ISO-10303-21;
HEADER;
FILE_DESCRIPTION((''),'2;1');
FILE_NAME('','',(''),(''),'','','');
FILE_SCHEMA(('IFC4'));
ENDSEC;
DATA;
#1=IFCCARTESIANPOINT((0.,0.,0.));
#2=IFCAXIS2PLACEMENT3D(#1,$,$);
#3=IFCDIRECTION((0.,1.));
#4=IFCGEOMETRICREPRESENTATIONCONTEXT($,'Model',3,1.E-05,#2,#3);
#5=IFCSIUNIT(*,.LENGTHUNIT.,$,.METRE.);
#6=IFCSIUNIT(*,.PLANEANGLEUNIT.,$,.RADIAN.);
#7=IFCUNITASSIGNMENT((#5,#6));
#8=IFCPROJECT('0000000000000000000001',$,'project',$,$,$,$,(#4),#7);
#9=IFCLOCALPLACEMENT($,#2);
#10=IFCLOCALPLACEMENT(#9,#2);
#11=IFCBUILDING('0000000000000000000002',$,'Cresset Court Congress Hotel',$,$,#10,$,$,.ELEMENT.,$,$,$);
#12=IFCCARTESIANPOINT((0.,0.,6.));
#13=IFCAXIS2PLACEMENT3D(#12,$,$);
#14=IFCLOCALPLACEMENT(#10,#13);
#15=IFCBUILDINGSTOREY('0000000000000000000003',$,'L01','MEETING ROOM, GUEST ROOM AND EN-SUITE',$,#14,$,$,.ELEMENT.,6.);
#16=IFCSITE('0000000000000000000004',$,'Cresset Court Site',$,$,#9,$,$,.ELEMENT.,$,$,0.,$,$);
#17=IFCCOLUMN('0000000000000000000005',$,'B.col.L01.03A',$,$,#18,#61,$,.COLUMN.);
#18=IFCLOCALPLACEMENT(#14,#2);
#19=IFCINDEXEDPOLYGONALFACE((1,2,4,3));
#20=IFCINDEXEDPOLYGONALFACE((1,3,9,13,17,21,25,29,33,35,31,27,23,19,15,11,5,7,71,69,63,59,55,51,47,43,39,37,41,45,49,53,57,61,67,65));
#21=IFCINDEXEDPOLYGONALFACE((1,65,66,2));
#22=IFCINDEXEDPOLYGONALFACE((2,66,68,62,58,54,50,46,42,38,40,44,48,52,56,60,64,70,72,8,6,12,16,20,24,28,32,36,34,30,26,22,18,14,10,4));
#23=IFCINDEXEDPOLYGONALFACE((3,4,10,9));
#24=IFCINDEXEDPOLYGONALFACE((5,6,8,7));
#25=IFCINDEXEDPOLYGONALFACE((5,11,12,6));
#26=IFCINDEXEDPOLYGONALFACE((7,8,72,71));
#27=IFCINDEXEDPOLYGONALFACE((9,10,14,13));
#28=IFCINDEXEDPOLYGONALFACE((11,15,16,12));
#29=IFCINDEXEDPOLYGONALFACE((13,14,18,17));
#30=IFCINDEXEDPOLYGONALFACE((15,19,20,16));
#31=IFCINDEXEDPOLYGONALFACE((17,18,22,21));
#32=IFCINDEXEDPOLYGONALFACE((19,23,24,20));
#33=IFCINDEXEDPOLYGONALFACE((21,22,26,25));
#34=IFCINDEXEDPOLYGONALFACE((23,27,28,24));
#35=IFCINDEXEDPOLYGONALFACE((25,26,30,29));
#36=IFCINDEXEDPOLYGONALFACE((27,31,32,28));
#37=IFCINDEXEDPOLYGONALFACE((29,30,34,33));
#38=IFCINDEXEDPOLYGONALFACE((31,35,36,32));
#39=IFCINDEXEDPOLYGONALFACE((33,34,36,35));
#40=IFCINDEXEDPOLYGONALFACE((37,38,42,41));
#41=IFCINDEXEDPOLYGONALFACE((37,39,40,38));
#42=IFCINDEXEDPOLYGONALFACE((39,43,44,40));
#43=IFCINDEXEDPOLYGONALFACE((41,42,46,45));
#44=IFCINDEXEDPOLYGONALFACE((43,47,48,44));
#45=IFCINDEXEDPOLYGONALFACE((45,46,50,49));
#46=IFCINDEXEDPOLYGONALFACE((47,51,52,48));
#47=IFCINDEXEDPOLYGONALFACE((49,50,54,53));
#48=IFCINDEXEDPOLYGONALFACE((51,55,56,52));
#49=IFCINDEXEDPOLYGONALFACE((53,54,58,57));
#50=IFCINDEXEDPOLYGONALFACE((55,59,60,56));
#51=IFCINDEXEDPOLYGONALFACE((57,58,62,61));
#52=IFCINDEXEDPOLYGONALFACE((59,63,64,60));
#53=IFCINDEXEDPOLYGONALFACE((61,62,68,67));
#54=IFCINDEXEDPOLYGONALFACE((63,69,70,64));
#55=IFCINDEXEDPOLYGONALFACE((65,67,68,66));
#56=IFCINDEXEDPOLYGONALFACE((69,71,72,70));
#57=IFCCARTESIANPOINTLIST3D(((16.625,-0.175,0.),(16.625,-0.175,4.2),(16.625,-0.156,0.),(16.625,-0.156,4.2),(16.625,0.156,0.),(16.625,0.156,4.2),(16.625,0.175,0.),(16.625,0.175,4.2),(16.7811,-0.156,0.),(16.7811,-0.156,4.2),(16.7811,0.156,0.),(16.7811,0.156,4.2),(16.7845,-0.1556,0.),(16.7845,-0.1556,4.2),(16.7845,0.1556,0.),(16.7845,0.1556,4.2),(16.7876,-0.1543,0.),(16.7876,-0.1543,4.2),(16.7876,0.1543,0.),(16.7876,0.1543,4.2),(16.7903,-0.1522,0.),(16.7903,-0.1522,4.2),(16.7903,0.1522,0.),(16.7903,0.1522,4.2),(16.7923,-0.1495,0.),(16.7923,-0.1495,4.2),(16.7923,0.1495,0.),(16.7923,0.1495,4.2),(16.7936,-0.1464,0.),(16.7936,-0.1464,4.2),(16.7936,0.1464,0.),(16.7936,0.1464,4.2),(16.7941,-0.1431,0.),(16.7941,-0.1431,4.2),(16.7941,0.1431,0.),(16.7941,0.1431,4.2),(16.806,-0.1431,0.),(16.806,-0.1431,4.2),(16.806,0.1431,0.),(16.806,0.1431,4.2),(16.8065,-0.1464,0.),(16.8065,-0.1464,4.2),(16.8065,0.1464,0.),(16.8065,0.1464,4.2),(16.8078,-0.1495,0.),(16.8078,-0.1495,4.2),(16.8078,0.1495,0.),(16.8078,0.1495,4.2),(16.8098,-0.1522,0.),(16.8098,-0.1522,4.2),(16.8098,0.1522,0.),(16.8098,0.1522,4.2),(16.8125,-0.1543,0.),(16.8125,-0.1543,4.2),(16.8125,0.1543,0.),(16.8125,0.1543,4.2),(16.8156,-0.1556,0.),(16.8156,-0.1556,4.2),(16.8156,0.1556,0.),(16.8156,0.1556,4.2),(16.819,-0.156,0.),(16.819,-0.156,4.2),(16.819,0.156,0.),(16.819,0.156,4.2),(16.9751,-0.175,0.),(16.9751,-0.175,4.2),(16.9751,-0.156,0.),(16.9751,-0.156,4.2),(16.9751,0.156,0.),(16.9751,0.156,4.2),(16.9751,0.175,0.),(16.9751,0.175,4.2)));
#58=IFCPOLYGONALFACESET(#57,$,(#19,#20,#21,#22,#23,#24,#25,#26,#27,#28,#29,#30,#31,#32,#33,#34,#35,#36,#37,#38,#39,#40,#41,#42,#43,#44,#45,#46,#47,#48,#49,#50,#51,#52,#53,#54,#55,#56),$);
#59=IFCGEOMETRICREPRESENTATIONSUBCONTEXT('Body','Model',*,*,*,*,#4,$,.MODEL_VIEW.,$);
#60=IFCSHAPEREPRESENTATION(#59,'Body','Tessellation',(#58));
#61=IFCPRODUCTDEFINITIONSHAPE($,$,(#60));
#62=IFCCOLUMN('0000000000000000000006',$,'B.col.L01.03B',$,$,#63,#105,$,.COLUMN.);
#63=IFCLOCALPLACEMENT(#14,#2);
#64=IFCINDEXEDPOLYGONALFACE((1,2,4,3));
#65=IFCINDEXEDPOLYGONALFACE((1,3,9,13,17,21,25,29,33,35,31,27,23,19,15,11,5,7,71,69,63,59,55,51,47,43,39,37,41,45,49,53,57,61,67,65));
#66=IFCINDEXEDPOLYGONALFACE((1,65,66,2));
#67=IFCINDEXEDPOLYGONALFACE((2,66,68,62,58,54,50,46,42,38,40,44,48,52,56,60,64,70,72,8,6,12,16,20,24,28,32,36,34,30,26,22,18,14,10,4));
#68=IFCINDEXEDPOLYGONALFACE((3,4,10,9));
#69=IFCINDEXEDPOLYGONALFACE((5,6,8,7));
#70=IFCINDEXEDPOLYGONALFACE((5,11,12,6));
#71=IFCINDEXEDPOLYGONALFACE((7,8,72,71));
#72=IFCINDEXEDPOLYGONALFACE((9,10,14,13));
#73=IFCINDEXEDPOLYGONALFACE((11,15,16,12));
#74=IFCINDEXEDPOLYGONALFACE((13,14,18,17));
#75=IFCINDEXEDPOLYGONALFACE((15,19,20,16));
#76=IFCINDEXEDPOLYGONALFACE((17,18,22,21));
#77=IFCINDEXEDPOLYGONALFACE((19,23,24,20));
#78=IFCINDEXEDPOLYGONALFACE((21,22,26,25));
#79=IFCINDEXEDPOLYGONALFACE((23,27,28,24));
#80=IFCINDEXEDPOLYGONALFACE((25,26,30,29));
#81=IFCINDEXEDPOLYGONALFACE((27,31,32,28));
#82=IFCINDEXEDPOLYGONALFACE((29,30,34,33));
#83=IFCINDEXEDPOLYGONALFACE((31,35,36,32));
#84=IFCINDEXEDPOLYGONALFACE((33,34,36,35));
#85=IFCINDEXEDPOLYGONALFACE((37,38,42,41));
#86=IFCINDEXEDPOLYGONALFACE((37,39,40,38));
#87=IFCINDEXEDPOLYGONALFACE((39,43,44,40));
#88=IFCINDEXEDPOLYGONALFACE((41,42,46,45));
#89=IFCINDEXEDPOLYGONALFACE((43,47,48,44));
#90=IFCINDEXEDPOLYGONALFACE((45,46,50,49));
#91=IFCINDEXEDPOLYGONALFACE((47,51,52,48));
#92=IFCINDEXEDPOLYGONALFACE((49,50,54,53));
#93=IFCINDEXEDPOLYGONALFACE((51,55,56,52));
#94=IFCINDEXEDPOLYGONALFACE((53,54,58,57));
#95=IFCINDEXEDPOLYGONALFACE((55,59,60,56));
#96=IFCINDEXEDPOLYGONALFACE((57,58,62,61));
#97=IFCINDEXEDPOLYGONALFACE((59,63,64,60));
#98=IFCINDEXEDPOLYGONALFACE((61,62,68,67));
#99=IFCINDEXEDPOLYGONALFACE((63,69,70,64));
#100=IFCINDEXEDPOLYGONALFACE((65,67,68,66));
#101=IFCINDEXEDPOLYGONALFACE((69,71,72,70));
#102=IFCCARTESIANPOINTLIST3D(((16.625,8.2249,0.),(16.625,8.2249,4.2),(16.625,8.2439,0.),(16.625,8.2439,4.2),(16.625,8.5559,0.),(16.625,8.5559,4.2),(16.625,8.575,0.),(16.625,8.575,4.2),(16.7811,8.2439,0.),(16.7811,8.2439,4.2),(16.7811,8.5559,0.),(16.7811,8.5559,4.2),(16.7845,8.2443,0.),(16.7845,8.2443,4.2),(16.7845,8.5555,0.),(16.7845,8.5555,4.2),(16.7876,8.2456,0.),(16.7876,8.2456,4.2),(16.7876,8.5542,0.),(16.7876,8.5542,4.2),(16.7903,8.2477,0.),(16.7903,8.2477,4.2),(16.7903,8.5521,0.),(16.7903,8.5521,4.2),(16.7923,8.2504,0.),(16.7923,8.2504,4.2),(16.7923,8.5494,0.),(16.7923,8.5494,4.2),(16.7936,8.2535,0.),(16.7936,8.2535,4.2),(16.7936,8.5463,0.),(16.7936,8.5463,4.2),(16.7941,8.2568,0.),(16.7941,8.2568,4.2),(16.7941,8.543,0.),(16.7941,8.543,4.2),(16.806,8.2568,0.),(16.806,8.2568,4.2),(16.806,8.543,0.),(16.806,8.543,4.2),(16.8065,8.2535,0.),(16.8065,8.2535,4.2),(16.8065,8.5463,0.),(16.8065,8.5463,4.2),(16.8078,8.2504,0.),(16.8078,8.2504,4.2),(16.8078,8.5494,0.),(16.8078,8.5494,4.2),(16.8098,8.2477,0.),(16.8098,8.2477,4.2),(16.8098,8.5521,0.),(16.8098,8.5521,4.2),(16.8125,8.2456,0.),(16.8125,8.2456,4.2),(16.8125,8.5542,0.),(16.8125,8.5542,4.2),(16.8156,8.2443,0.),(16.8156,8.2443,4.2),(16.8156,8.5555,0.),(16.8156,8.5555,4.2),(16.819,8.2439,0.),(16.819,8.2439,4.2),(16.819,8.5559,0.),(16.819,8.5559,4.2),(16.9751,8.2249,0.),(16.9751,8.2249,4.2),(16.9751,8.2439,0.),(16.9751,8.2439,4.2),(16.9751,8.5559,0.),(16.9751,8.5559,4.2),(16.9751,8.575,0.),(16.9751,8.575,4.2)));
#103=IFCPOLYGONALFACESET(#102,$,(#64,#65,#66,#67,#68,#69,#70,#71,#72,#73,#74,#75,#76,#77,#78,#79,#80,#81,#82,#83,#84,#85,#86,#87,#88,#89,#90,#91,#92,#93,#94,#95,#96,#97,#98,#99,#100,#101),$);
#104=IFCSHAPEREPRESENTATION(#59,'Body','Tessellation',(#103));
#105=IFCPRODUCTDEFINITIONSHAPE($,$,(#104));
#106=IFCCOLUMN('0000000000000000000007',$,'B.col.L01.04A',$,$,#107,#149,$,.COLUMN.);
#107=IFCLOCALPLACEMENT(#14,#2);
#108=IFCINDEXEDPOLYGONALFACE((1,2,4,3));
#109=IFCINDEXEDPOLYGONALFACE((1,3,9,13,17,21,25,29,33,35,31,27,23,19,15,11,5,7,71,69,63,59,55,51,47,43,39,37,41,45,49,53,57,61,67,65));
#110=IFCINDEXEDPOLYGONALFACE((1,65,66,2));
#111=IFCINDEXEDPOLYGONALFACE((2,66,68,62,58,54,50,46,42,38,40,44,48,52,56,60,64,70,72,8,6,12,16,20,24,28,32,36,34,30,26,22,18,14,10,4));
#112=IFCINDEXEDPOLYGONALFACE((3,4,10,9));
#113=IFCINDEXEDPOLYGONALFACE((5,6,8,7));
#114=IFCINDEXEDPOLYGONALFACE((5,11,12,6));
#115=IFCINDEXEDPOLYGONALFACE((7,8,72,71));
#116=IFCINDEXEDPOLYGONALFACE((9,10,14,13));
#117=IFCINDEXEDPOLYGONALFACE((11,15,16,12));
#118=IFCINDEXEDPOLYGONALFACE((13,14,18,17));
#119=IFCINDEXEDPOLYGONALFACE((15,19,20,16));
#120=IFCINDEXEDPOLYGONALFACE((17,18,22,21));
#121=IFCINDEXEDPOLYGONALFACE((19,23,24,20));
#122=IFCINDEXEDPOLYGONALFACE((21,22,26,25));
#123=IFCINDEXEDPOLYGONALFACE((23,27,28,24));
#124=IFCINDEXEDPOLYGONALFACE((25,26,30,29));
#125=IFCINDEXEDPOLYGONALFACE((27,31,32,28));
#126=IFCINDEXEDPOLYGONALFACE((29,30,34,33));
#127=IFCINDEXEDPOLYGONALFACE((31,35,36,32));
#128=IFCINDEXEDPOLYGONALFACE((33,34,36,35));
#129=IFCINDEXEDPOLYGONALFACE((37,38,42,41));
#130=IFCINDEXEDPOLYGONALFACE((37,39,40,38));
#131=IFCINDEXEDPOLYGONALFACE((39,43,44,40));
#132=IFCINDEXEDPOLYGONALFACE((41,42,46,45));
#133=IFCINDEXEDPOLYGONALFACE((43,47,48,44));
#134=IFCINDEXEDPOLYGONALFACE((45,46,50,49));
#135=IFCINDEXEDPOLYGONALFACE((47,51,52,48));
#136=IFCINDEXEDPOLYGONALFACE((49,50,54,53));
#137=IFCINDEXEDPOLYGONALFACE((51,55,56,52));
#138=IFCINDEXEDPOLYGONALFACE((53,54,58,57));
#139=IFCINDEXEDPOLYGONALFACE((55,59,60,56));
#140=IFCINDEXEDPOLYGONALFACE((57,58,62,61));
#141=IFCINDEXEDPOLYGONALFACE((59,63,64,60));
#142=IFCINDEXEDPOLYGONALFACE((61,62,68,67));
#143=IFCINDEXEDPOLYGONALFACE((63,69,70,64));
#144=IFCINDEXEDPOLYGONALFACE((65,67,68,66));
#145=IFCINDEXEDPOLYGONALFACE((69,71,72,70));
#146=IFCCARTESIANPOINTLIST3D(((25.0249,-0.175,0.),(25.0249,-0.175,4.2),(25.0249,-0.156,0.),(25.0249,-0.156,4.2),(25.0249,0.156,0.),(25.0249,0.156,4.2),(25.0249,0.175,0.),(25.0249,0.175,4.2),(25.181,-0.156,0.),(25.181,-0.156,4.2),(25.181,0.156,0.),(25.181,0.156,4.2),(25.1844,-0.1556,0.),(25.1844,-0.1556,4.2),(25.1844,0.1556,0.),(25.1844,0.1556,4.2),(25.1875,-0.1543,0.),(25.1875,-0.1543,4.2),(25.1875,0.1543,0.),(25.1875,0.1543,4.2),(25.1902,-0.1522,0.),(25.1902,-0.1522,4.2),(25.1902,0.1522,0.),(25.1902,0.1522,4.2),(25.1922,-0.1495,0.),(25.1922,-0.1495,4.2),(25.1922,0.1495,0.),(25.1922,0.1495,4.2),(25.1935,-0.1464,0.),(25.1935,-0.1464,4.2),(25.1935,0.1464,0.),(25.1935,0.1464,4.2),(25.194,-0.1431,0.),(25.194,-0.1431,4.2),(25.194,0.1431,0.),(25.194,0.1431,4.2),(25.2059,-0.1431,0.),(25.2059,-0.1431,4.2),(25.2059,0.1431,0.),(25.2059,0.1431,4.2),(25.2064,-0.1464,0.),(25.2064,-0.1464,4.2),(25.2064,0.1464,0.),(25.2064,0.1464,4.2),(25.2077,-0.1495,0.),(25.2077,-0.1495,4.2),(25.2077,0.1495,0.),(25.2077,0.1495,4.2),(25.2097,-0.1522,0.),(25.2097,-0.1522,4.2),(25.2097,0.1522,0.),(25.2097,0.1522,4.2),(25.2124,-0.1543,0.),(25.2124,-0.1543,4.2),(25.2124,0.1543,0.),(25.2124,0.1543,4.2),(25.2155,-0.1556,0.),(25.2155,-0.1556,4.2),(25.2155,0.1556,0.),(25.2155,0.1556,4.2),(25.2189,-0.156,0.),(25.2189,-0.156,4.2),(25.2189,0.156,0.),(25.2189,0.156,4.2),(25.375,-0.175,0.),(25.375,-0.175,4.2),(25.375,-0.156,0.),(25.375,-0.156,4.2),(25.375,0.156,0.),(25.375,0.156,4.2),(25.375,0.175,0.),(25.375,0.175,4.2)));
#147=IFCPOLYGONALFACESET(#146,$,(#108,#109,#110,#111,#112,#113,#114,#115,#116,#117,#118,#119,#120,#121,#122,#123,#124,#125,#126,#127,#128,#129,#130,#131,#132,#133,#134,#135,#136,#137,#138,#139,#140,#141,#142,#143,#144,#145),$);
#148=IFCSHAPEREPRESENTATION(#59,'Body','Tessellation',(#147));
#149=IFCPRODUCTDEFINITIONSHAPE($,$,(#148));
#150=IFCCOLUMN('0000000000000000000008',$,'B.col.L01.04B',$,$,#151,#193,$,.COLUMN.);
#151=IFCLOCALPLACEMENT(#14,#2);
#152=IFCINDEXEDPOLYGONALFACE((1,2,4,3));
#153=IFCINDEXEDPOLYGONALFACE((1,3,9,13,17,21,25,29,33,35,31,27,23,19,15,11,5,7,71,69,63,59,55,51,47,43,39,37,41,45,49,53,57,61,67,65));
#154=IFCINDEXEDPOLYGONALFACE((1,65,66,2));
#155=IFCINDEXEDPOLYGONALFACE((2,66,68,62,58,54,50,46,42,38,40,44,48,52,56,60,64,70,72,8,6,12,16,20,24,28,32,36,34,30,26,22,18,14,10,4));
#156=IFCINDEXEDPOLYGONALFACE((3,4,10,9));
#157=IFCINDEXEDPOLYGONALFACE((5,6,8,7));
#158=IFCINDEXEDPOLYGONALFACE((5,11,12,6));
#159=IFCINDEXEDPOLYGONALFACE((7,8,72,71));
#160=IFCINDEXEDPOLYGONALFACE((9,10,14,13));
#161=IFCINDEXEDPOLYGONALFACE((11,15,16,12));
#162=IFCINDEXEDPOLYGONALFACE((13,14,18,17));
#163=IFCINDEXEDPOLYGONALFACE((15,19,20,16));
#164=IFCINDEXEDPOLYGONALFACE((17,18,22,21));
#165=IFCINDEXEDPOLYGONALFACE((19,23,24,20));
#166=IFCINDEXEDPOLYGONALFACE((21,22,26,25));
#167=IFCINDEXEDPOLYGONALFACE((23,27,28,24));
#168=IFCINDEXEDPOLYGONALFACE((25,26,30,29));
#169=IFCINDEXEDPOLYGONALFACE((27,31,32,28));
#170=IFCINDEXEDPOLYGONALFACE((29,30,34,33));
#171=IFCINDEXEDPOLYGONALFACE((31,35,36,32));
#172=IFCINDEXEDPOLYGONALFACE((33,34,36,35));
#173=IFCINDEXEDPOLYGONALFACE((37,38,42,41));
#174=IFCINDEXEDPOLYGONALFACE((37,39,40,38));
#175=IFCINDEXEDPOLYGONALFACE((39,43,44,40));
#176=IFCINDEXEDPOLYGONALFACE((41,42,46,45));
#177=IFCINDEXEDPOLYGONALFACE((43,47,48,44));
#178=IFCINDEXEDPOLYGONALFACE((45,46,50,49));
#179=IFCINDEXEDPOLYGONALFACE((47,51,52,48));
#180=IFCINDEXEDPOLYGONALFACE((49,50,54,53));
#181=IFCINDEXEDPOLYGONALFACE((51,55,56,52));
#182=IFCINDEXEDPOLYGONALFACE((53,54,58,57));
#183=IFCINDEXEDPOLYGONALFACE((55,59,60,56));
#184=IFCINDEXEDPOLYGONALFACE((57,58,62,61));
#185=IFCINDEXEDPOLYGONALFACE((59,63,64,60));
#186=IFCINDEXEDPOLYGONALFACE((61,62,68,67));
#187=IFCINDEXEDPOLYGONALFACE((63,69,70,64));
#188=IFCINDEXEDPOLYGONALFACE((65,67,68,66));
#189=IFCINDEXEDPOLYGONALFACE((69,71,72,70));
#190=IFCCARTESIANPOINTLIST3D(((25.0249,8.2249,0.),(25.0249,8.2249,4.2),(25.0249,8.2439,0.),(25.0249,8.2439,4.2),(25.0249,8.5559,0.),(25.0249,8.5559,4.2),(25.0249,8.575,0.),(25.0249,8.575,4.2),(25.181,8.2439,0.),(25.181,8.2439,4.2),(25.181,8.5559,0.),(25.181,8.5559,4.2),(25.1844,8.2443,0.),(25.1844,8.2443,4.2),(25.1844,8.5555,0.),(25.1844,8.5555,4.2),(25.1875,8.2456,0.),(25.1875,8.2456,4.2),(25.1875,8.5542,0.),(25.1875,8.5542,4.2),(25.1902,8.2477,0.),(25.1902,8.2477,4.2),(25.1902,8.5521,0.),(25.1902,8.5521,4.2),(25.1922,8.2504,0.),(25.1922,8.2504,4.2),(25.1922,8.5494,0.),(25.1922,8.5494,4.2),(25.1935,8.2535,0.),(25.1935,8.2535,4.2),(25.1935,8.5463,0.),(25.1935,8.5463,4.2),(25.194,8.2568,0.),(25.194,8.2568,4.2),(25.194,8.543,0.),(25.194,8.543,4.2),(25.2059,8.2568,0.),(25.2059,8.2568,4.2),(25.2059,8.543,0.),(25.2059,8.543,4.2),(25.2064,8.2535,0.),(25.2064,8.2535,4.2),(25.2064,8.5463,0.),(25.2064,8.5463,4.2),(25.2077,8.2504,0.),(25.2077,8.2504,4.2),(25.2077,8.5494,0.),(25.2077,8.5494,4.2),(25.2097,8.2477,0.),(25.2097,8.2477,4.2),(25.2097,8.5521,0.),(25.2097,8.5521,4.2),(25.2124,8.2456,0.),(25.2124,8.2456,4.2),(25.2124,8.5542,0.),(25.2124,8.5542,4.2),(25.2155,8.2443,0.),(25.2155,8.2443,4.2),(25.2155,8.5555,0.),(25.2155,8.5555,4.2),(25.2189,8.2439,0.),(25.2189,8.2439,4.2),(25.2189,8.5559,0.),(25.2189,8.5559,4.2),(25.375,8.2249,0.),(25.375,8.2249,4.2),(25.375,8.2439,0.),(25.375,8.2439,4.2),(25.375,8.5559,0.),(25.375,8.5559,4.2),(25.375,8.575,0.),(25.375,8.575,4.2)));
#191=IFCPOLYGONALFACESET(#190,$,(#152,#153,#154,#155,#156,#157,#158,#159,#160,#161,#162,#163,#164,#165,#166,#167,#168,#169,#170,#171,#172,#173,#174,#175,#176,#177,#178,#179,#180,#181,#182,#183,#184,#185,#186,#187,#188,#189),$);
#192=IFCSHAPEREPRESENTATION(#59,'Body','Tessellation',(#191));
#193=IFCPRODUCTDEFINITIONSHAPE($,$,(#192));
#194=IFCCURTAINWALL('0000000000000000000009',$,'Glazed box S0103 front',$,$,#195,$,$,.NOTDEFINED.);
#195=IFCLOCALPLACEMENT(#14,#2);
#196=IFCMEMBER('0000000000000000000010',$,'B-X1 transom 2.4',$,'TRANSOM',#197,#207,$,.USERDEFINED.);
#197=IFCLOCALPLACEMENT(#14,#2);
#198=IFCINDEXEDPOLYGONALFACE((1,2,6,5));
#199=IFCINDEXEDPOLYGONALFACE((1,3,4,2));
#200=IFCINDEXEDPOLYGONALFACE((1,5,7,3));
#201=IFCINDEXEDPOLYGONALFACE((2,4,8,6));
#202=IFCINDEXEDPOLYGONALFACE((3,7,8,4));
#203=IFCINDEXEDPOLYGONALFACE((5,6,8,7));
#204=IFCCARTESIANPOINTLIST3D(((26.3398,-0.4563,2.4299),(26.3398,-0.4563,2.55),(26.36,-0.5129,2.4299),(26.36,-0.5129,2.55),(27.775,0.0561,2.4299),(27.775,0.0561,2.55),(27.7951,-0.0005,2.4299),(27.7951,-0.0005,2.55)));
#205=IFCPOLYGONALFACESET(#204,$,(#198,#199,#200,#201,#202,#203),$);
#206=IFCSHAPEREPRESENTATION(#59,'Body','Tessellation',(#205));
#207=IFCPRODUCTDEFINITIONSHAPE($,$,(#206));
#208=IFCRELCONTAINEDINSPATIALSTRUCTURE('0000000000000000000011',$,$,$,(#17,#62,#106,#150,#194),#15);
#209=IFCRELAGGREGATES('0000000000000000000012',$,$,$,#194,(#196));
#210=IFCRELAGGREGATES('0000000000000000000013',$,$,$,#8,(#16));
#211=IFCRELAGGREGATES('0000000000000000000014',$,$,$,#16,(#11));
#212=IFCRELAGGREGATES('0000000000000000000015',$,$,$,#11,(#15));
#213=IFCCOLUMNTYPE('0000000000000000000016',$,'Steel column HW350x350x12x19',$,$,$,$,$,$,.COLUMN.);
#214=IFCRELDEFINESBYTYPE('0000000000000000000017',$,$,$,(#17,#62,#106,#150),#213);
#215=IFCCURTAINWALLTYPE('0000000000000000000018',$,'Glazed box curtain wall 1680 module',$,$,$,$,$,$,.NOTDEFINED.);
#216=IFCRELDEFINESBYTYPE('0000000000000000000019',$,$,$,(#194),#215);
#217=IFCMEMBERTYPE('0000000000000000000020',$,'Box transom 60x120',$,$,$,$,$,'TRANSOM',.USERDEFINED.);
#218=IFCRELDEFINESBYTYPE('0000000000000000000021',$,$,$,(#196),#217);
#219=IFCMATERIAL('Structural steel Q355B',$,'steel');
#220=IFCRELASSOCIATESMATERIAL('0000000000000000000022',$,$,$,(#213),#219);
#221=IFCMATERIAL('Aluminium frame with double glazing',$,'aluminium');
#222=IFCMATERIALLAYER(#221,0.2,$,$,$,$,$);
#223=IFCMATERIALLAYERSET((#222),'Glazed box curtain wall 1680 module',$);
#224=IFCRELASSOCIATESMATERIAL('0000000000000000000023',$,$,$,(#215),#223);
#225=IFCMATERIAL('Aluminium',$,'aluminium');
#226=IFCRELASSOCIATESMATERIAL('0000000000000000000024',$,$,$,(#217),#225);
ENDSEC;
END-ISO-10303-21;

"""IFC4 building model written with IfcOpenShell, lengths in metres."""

from ifc_helpers import new_model, si_unit, direction, frame, origin, origin_2d, place, context, subcontext, project, spatial, rectangle, i_section, extrude, material, layer, layer_set, material_profile, profile_set, type_object, element, aggregate, save


model = new_model("IFC4")

# Units and contexts
model_context = context("Model", 3, precision=1e-05, world=origin(), true_north=direction((0.0, 1.0)))
body_context = subcontext(model_context, "Body", "Model", "MODEL_VIEW")
ifc_project = project(units=[si_unit("LENGTHUNIT", "METRE"), si_unit("PLANEANGLEUNIT", "RADIAN")], contexts=[model_context])

# Site, building, storey
site_placement = place(None, origin())
site = spatial("IfcSite", under=ifc_project, at=site_placement, Name="Cresset Court Site", CompositionType="ELEMENT", RefElevation=0.0)
building_placement = place(site_placement, origin())
building = spatial("IfcBuilding", under=site, at=building_placement, Name="Cresset Court Congress Hotel", CompositionType="ELEMENT")
storey_placement = place(building_placement, frame((0.0, 0.0, 6.0)))
storey = spatial("IfcBuildingStorey", under=building, at=storey_placement, Name="L01", Description="MEETING ROOM, GUEST ROOM AND EN-SUITE", CompositionType="ELEMENT", Elevation=6.0)

# Columns
ifc_material_1 = material(Name="Structural steel Q355B", Category="steel")
ifc_material_profile_1 = material_profile(ifc_material_1, i_section(OverallWidth=0.3501, OverallDepth=0.3501, WebThickness=0.012, FlangeThickness=0.019, FilletRadius=0.0129, at=origin_2d()), Name="HW350x350x12x19")
ifc_profile_set_1 = profile_set([ifc_material_profile_1], Name="Structural steel Q355B")
column_type = type_object("IfcColumnType", Name="Steel column HW350x350x12x19", PredefinedType="COLUMN", material=ifc_profile_set_1)
for number, where, z_axis, x_axis, name in (
    (1, (16.8, 0.0, 0.0), (0.0, 0.0, 1.0), (1.0, 0.0, 0.0), "B.col.L01.03A"),
    (2, (16.8, 8.3999, 0.0), (0.0, 0.0, 1.0), (1.0, 0.0, 0.0), "B.col.L01.03B"),
    (3, (25.2, 0.0, 0.0), (0.0, 0.0, 1.0), (1.0, 0.0, 0.0), "B.col.L01.04A"),
    (4, (25.2, 8.3999, 0.0), (0.0, 0.0, 1.0), (1.0, 0.0, 0.0), "B.col.L01.04B"),
):
    element("IfcColumn", number, at=place(storey_placement, frame(where, z_axis=z_axis, x_axis=x_axis)), inside=storey, type_object=column_type, Name=name, PredefinedType="COLUMN", context=body_context, shape_type="SweptSolid", body=[
        extrude(i_section(OverallWidth=0.3501, OverallDepth=0.3501, WebThickness=0.012, FlangeThickness=0.019, FilletRadius=0.0129, at=origin_2d()), origin(), (0.0, 0.0, 1.0), 4.2),
    ])

# Curtain wall, member
ifc_material_2 = material(Name="Aluminium frame with double glazing", Category="aluminium")
ifc_layer_1 = layer(ifc_material_2, 0.2)
ifc_layer_set_1 = layer_set([ifc_layer_1], Name="Glazed box curtain wall 1680 module")
curtain_wall_type = type_object("IfcCurtainWallType", Name="Glazed box curtain wall 1680 module", PredefinedType="NOTDEFINED", material=ifc_layer_set_1)
curtain_wall_placement = place(storey_placement, origin())
curtain_wall = element("IfcCurtainWall", 5, at=curtain_wall_placement, inside=storey, type_object=curtain_wall_type, Name="Glazed box S0103 front", PredefinedType="NOTDEFINED")
ifc_material_3 = material(Name="Aluminium", Category="aluminium")
ifc_material_profile_2 = material_profile(ifc_material_3, rectangle(XDim=0.0601, YDim=0.1201, at=origin_2d()), Name="Box transom 60x120")
ifc_profile_set_2 = profile_set([ifc_material_profile_2], Name="Aluminium")
member_type_1 = type_object("IfcMemberType", Name="Box transom 60x120", ElementType="TRANSOM", PredefinedType="USERDEFINED", material=ifc_profile_set_2)
member_1_placement = place(storey_placement, frame((26.3499, -0.4846, 2.49), z_axis=(0.941775, 0.336245, 0.0), x_axis=(-0.336245, 0.941775, 0.0)))
member_1 = element("IfcMember", 6, at=member_1_placement, type_object=member_type_1, Name="B-X1 transom 2.4", ObjectType="TRANSOM", PredefinedType="USERDEFINED", context=body_context, shape_type="SweptSolid", body=[
    extrude(rectangle(XDim=0.0601, YDim=0.1201, at=origin_2d()), origin(), (0.0, 0.0, 1.0), 1.5239),
])
aggregate(curtain_wall, [member_1])

save(model, "model.ifc")
